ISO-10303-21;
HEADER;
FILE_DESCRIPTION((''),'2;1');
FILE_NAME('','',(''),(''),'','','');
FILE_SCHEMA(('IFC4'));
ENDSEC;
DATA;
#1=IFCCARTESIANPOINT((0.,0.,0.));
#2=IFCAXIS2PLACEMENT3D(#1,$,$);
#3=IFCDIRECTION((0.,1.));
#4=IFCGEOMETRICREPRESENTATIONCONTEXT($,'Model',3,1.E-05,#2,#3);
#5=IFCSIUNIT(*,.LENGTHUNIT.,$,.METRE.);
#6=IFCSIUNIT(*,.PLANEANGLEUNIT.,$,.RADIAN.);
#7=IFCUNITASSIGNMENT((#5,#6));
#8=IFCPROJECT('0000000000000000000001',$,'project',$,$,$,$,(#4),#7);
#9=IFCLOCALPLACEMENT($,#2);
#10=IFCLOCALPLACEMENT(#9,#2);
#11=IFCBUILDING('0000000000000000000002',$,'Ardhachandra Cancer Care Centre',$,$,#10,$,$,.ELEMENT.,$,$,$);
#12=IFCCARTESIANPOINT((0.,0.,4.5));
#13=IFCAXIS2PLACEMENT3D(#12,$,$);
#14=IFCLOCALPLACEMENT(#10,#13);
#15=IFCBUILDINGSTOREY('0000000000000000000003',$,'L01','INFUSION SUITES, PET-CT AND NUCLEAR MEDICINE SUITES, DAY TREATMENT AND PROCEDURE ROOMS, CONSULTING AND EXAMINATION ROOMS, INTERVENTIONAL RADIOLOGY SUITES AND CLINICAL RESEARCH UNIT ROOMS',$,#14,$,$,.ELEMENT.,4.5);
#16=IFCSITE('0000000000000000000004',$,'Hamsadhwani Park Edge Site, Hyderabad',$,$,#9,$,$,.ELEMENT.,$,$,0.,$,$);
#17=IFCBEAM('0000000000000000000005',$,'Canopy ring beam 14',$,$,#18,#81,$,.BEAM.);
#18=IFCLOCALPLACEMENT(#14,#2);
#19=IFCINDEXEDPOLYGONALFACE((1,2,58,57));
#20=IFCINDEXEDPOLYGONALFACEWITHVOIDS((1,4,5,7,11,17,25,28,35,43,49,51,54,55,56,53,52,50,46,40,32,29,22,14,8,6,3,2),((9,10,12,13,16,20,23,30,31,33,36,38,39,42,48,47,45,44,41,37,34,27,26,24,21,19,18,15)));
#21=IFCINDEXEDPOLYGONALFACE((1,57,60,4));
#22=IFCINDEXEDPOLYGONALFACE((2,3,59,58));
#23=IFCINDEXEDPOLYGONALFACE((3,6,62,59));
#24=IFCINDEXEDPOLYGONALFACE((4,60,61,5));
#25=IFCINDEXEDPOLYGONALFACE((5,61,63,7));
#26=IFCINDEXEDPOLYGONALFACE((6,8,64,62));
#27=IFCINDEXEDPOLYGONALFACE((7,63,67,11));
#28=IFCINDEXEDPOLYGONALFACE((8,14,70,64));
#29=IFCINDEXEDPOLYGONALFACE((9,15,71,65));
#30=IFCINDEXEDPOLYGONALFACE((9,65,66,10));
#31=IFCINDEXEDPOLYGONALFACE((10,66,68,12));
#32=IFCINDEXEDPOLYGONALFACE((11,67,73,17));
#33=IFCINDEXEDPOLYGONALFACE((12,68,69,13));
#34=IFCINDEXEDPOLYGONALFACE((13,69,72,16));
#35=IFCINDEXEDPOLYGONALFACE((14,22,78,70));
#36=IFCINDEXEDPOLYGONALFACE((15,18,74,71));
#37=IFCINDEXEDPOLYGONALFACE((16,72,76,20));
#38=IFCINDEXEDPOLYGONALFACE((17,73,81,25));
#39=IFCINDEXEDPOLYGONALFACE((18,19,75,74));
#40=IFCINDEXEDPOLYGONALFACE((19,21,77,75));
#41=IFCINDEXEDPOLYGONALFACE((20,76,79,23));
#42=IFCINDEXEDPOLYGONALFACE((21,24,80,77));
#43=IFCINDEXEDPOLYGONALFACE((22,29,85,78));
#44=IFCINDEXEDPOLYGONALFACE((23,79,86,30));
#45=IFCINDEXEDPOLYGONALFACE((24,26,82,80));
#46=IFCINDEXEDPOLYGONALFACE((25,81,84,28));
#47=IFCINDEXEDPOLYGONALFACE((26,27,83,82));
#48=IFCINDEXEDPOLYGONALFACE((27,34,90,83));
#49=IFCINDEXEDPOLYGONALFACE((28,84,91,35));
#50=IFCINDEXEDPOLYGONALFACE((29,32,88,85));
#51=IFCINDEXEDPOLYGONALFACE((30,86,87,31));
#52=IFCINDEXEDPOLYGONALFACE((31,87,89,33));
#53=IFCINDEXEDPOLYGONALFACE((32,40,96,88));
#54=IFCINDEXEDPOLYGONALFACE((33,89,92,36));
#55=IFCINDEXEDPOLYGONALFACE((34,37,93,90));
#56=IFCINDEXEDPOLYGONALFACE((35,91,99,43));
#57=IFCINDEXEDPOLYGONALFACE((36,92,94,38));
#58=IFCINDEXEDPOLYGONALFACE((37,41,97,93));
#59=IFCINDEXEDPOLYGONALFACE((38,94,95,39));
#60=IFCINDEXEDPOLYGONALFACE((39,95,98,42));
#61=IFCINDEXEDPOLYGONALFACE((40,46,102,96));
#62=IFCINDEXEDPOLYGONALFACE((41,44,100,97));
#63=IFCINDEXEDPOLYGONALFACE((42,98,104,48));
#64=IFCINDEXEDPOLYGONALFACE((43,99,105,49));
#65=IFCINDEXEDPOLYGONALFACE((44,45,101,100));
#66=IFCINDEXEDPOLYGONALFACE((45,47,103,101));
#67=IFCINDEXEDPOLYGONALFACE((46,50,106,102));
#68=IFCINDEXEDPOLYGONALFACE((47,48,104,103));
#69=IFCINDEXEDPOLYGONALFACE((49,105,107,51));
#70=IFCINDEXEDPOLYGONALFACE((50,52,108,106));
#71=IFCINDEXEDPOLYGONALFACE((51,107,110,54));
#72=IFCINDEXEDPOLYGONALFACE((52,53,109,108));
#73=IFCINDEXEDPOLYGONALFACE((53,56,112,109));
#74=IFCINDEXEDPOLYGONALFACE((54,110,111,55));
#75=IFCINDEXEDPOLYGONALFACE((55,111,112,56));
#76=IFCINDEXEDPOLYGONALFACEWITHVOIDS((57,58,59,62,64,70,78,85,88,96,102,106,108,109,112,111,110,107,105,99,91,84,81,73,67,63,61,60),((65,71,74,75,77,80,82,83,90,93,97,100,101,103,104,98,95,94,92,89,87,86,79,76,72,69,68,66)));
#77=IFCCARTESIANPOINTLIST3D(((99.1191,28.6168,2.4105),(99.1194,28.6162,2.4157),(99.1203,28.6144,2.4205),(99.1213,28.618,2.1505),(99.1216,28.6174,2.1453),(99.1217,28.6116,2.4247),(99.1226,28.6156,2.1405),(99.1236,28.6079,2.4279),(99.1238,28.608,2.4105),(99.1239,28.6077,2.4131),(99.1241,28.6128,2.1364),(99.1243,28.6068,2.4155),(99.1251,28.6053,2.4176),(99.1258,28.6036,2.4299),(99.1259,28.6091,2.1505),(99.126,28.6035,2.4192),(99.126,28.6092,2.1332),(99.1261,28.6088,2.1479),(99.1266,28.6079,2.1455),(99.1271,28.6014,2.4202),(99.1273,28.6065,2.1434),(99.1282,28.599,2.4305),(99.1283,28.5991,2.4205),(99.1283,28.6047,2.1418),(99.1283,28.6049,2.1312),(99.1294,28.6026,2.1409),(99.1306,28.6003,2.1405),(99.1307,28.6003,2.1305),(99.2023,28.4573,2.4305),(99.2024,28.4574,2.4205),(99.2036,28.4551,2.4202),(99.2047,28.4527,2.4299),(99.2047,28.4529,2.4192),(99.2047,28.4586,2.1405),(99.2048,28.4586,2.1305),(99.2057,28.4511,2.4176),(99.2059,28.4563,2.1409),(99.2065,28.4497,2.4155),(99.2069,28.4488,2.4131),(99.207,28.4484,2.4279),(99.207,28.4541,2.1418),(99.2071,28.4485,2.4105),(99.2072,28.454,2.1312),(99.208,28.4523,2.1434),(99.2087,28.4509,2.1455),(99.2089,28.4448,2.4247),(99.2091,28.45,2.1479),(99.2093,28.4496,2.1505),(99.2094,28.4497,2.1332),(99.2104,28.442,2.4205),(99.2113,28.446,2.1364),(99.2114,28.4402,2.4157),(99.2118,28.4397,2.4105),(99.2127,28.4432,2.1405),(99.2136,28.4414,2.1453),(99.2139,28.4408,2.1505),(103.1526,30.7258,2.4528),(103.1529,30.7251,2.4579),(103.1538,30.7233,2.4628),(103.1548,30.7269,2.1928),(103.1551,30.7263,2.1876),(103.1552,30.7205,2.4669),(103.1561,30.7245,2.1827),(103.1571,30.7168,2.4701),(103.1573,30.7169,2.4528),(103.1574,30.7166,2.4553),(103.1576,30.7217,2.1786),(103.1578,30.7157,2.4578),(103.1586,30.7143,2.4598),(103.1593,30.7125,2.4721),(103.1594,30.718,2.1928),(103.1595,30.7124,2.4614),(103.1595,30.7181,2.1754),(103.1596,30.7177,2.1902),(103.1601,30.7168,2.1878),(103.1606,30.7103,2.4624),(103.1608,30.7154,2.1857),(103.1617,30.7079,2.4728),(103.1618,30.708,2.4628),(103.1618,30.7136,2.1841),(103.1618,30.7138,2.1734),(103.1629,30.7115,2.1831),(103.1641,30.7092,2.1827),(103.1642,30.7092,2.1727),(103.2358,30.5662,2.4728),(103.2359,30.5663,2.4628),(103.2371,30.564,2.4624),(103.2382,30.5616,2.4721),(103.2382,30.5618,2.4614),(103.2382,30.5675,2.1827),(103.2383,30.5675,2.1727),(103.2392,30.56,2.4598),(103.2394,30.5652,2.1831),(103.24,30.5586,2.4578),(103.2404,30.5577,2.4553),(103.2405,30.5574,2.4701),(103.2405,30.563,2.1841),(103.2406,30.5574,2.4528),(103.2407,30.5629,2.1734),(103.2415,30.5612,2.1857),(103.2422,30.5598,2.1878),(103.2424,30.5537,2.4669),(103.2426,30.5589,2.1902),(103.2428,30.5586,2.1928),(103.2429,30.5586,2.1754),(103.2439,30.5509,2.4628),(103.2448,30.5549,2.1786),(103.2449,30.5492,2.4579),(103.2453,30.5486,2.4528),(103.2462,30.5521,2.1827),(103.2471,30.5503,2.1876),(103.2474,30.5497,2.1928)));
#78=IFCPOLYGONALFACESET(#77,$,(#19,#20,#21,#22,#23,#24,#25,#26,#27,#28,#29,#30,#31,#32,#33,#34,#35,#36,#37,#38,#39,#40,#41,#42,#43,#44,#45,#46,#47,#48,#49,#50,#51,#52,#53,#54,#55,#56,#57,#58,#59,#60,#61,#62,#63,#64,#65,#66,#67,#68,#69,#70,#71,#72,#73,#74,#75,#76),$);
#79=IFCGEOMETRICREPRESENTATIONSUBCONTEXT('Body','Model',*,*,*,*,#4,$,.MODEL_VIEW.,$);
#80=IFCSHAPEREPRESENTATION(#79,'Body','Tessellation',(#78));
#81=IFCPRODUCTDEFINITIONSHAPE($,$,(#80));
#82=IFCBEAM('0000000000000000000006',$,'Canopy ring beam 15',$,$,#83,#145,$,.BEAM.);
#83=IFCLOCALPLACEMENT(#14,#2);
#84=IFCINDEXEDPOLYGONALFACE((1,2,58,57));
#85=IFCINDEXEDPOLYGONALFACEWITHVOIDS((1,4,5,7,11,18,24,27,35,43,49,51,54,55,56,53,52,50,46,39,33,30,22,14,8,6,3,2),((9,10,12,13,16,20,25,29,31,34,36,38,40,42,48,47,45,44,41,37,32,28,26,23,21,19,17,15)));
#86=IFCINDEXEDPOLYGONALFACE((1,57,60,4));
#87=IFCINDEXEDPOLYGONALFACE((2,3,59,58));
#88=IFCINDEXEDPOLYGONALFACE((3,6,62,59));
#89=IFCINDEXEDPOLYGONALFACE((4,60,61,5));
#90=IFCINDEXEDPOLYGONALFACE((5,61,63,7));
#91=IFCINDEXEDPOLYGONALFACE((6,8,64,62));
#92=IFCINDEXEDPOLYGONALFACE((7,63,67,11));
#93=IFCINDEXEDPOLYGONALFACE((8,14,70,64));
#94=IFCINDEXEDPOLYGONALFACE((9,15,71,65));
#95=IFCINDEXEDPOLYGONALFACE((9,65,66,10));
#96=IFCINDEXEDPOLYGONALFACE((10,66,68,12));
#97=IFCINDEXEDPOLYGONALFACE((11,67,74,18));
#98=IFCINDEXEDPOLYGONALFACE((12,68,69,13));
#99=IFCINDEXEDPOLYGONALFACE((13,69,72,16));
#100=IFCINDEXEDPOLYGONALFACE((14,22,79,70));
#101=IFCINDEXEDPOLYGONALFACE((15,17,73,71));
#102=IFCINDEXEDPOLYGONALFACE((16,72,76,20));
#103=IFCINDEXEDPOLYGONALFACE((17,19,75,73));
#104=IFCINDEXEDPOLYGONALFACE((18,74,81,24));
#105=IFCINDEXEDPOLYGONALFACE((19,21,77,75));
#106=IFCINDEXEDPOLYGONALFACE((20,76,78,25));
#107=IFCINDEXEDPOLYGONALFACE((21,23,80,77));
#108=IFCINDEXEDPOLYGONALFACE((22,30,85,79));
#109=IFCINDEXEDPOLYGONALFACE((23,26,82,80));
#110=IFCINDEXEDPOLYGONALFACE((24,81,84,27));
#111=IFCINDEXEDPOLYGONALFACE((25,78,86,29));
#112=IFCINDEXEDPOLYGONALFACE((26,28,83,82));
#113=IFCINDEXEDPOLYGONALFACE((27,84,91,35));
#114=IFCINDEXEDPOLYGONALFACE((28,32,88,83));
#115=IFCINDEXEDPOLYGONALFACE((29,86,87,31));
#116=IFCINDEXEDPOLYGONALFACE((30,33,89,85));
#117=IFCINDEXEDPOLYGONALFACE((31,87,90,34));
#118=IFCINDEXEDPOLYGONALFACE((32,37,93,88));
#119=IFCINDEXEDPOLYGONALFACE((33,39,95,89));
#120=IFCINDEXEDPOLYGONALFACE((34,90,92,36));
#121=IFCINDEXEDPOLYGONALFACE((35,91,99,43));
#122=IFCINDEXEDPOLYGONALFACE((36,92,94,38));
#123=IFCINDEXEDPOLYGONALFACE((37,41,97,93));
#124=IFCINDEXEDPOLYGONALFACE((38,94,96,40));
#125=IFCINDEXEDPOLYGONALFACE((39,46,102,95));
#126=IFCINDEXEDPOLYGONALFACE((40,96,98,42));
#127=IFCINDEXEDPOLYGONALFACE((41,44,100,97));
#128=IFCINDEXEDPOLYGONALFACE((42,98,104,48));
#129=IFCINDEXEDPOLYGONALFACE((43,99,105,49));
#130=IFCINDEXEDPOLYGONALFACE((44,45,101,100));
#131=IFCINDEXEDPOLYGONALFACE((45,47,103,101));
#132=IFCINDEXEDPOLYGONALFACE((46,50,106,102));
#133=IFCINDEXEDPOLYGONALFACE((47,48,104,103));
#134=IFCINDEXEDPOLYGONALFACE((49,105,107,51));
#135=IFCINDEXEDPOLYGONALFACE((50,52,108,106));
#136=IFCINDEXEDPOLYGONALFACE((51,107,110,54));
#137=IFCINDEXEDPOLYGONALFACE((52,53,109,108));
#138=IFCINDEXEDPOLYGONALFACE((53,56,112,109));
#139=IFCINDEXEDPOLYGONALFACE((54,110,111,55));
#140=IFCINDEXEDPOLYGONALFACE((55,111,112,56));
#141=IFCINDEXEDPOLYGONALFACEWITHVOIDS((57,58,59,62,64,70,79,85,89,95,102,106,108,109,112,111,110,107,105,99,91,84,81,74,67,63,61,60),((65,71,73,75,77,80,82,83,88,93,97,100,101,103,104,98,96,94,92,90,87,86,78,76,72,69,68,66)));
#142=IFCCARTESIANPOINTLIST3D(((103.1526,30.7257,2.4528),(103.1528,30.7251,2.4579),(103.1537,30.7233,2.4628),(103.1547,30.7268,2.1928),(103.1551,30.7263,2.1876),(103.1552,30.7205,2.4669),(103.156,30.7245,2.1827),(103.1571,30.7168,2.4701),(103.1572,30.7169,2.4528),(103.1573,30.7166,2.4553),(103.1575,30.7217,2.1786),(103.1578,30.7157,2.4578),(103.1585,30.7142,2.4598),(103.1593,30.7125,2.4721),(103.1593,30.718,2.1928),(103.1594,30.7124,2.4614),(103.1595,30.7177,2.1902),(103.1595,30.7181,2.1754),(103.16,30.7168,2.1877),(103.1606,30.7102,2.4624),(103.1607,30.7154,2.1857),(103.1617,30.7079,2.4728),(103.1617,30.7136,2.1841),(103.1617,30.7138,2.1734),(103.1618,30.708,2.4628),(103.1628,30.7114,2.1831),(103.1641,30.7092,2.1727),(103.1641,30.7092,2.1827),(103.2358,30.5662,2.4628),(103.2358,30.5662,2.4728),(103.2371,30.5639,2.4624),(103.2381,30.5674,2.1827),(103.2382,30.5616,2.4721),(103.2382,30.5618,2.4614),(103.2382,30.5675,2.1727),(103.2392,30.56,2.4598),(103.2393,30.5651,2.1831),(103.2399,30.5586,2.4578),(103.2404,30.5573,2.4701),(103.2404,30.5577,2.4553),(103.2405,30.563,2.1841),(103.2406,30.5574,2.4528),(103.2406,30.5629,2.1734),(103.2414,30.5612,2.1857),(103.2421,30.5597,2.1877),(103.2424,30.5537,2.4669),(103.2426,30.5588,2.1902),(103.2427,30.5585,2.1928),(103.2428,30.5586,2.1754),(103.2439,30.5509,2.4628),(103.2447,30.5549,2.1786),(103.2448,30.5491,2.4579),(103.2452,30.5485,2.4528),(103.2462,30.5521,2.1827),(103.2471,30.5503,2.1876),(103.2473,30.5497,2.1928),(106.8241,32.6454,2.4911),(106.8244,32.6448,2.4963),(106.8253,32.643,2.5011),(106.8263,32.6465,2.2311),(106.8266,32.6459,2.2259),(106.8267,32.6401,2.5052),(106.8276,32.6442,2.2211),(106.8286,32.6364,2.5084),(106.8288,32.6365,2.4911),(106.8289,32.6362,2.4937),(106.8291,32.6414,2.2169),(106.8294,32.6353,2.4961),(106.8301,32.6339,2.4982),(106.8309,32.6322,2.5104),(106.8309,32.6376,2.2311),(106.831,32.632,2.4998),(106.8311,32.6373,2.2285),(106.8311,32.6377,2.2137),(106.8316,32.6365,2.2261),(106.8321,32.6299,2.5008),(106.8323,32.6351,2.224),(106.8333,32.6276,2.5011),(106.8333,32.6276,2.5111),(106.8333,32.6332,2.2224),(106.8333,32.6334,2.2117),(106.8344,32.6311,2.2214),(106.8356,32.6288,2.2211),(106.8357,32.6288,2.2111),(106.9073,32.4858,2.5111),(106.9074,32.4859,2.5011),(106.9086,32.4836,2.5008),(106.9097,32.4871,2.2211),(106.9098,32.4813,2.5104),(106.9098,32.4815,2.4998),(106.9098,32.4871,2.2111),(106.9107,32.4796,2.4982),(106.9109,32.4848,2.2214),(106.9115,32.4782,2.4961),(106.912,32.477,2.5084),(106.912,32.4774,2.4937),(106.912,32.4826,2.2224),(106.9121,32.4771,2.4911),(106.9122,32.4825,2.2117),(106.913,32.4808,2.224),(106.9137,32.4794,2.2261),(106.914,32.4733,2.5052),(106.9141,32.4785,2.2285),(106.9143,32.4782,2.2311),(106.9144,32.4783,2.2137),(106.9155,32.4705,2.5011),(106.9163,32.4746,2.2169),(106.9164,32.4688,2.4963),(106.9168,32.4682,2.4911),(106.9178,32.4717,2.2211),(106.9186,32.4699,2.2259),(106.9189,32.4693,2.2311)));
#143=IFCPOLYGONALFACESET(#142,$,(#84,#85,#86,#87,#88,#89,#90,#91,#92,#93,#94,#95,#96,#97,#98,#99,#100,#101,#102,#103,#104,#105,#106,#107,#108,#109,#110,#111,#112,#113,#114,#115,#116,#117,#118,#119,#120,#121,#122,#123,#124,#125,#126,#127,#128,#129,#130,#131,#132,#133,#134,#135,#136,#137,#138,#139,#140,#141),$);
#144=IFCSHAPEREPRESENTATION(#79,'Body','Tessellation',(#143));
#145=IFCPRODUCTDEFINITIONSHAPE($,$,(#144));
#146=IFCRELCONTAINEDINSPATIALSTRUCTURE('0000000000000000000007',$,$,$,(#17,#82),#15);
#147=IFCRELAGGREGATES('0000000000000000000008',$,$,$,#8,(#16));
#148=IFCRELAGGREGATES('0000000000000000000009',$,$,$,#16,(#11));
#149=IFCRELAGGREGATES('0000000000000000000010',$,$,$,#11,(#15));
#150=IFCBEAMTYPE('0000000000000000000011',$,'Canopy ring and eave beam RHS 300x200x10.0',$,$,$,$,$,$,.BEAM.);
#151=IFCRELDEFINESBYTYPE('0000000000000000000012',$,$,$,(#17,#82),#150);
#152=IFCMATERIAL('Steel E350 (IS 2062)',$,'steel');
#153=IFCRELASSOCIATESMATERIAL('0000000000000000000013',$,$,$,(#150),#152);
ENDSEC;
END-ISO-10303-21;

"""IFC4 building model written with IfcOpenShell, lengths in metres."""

from ifc_helpers import new_model, si_unit, direction, frame, origin, origin_2d, place, context, subcontext, project, spatial, hollow_rectangle, extrude, material, material_profile, profile_set, type_object, element, save


model = new_model("IFC4")

# Units and contexts
model_context = context("Model", 3, precision=1e-05, world=origin(), true_north=direction((0.0, 1.0)))
body_context = subcontext(model_context, "Body", "Model", "MODEL_VIEW")
ifc_project = project(units=[si_unit("LENGTHUNIT", "METRE"), si_unit("PLANEANGLEUNIT", "RADIAN")], contexts=[model_context])

# Site, building, storey
site_placement = place(None, origin())
site = spatial("IfcSite", under=ifc_project, at=site_placement, Name="Hamsadhwani Park Edge Site, Hyderabad", CompositionType="ELEMENT", RefElevation=0.0)
building_placement = place(site_placement, origin())
building = spatial("IfcBuilding", under=site, at=building_placement, Name="Ardhachandra Cancer Care Centre", CompositionType="ELEMENT")
storey_placement = place(building_placement, frame((0.0, 0.0, 4.5)))
storey = spatial("IfcBuildingStorey", under=building, at=storey_placement, Name="L01", Description="INFUSION SUITES, PET-CT AND NUCLEAR MEDICINE SUITES, DAY TREATMENT AND PROCEDURE ROOMS, CONSULTING AND EXAMINATION ROOMS, INTERVENTIONAL RADIOLOGY SUITES AND CLINICAL RESEARCH UNIT ROOMS", CompositionType="ELEMENT", Elevation=4.5)

# Beams
ifc_material_1 = material(Name="Steel E350 (IS 2062)", Category="steel")
ifc_material_profile_1 = material_profile(ifc_material_1, hollow_rectangle(XDim=0.2, YDim=0.3, WallThickness=0.01, InnerFilletRadius=0.01, OuterFilletRadius=0.02, at=origin_2d()), Name="RHS 300x200x10.0")
ifc_profile_set_1 = profile_set([ifc_material_profile_1], Name="Steel E350 (IS 2062)")
beam_type = type_object("IfcBeamType", Name="Canopy ring and eave beam RHS 300x200x10.0", PredefinedType="BEAM", material=ifc_profile_set_1)
beam_1_placement = place(storey_placement, frame((99.1665, 28.5288, 2.2805), z_axis=(0.886143, 0.463319, 0.009279), x_axis=(-0.463339, 0.886181, 0.0)))
element("IfcBeam", 1, at=beam_1_placement, inside=storey, type_object=beam_type, Name="Canopy ring beam 14", PredefinedType="BEAM", context=body_context, shape_type="SweptSolid", body=[
    extrude(hollow_rectangle(XDim=0.2, YDim=0.3, WallThickness=0.01, InnerFilletRadius=0.01, OuterFilletRadius=0.02, at=origin_2d()), origin(), (0.0, 0.0, 1.0), 4.5518),
])
beam_2_placement = place(storey_placement, frame((103.2, 30.6377, 2.3228), z_axis=(0.886146, 0.463313, 0.009251), x_axis=(-0.463333, 0.886184, 0.0)))
element("IfcBeam", 2, at=beam_2_placement, inside=storey, type_object=beam_type, Name="Canopy ring beam 15", PredefinedType="BEAM", context=body_context, shape_type="SweptSolid", body=[
    extrude(hollow_rectangle(XDim=0.2, YDim=0.3, WallThickness=0.01, InnerFilletRadius=0.01, OuterFilletRadius=0.02, at=origin_2d()), origin(), (0.0, 0.0, 1.0), 4.1433),
])

save(model, "model.ifc")
